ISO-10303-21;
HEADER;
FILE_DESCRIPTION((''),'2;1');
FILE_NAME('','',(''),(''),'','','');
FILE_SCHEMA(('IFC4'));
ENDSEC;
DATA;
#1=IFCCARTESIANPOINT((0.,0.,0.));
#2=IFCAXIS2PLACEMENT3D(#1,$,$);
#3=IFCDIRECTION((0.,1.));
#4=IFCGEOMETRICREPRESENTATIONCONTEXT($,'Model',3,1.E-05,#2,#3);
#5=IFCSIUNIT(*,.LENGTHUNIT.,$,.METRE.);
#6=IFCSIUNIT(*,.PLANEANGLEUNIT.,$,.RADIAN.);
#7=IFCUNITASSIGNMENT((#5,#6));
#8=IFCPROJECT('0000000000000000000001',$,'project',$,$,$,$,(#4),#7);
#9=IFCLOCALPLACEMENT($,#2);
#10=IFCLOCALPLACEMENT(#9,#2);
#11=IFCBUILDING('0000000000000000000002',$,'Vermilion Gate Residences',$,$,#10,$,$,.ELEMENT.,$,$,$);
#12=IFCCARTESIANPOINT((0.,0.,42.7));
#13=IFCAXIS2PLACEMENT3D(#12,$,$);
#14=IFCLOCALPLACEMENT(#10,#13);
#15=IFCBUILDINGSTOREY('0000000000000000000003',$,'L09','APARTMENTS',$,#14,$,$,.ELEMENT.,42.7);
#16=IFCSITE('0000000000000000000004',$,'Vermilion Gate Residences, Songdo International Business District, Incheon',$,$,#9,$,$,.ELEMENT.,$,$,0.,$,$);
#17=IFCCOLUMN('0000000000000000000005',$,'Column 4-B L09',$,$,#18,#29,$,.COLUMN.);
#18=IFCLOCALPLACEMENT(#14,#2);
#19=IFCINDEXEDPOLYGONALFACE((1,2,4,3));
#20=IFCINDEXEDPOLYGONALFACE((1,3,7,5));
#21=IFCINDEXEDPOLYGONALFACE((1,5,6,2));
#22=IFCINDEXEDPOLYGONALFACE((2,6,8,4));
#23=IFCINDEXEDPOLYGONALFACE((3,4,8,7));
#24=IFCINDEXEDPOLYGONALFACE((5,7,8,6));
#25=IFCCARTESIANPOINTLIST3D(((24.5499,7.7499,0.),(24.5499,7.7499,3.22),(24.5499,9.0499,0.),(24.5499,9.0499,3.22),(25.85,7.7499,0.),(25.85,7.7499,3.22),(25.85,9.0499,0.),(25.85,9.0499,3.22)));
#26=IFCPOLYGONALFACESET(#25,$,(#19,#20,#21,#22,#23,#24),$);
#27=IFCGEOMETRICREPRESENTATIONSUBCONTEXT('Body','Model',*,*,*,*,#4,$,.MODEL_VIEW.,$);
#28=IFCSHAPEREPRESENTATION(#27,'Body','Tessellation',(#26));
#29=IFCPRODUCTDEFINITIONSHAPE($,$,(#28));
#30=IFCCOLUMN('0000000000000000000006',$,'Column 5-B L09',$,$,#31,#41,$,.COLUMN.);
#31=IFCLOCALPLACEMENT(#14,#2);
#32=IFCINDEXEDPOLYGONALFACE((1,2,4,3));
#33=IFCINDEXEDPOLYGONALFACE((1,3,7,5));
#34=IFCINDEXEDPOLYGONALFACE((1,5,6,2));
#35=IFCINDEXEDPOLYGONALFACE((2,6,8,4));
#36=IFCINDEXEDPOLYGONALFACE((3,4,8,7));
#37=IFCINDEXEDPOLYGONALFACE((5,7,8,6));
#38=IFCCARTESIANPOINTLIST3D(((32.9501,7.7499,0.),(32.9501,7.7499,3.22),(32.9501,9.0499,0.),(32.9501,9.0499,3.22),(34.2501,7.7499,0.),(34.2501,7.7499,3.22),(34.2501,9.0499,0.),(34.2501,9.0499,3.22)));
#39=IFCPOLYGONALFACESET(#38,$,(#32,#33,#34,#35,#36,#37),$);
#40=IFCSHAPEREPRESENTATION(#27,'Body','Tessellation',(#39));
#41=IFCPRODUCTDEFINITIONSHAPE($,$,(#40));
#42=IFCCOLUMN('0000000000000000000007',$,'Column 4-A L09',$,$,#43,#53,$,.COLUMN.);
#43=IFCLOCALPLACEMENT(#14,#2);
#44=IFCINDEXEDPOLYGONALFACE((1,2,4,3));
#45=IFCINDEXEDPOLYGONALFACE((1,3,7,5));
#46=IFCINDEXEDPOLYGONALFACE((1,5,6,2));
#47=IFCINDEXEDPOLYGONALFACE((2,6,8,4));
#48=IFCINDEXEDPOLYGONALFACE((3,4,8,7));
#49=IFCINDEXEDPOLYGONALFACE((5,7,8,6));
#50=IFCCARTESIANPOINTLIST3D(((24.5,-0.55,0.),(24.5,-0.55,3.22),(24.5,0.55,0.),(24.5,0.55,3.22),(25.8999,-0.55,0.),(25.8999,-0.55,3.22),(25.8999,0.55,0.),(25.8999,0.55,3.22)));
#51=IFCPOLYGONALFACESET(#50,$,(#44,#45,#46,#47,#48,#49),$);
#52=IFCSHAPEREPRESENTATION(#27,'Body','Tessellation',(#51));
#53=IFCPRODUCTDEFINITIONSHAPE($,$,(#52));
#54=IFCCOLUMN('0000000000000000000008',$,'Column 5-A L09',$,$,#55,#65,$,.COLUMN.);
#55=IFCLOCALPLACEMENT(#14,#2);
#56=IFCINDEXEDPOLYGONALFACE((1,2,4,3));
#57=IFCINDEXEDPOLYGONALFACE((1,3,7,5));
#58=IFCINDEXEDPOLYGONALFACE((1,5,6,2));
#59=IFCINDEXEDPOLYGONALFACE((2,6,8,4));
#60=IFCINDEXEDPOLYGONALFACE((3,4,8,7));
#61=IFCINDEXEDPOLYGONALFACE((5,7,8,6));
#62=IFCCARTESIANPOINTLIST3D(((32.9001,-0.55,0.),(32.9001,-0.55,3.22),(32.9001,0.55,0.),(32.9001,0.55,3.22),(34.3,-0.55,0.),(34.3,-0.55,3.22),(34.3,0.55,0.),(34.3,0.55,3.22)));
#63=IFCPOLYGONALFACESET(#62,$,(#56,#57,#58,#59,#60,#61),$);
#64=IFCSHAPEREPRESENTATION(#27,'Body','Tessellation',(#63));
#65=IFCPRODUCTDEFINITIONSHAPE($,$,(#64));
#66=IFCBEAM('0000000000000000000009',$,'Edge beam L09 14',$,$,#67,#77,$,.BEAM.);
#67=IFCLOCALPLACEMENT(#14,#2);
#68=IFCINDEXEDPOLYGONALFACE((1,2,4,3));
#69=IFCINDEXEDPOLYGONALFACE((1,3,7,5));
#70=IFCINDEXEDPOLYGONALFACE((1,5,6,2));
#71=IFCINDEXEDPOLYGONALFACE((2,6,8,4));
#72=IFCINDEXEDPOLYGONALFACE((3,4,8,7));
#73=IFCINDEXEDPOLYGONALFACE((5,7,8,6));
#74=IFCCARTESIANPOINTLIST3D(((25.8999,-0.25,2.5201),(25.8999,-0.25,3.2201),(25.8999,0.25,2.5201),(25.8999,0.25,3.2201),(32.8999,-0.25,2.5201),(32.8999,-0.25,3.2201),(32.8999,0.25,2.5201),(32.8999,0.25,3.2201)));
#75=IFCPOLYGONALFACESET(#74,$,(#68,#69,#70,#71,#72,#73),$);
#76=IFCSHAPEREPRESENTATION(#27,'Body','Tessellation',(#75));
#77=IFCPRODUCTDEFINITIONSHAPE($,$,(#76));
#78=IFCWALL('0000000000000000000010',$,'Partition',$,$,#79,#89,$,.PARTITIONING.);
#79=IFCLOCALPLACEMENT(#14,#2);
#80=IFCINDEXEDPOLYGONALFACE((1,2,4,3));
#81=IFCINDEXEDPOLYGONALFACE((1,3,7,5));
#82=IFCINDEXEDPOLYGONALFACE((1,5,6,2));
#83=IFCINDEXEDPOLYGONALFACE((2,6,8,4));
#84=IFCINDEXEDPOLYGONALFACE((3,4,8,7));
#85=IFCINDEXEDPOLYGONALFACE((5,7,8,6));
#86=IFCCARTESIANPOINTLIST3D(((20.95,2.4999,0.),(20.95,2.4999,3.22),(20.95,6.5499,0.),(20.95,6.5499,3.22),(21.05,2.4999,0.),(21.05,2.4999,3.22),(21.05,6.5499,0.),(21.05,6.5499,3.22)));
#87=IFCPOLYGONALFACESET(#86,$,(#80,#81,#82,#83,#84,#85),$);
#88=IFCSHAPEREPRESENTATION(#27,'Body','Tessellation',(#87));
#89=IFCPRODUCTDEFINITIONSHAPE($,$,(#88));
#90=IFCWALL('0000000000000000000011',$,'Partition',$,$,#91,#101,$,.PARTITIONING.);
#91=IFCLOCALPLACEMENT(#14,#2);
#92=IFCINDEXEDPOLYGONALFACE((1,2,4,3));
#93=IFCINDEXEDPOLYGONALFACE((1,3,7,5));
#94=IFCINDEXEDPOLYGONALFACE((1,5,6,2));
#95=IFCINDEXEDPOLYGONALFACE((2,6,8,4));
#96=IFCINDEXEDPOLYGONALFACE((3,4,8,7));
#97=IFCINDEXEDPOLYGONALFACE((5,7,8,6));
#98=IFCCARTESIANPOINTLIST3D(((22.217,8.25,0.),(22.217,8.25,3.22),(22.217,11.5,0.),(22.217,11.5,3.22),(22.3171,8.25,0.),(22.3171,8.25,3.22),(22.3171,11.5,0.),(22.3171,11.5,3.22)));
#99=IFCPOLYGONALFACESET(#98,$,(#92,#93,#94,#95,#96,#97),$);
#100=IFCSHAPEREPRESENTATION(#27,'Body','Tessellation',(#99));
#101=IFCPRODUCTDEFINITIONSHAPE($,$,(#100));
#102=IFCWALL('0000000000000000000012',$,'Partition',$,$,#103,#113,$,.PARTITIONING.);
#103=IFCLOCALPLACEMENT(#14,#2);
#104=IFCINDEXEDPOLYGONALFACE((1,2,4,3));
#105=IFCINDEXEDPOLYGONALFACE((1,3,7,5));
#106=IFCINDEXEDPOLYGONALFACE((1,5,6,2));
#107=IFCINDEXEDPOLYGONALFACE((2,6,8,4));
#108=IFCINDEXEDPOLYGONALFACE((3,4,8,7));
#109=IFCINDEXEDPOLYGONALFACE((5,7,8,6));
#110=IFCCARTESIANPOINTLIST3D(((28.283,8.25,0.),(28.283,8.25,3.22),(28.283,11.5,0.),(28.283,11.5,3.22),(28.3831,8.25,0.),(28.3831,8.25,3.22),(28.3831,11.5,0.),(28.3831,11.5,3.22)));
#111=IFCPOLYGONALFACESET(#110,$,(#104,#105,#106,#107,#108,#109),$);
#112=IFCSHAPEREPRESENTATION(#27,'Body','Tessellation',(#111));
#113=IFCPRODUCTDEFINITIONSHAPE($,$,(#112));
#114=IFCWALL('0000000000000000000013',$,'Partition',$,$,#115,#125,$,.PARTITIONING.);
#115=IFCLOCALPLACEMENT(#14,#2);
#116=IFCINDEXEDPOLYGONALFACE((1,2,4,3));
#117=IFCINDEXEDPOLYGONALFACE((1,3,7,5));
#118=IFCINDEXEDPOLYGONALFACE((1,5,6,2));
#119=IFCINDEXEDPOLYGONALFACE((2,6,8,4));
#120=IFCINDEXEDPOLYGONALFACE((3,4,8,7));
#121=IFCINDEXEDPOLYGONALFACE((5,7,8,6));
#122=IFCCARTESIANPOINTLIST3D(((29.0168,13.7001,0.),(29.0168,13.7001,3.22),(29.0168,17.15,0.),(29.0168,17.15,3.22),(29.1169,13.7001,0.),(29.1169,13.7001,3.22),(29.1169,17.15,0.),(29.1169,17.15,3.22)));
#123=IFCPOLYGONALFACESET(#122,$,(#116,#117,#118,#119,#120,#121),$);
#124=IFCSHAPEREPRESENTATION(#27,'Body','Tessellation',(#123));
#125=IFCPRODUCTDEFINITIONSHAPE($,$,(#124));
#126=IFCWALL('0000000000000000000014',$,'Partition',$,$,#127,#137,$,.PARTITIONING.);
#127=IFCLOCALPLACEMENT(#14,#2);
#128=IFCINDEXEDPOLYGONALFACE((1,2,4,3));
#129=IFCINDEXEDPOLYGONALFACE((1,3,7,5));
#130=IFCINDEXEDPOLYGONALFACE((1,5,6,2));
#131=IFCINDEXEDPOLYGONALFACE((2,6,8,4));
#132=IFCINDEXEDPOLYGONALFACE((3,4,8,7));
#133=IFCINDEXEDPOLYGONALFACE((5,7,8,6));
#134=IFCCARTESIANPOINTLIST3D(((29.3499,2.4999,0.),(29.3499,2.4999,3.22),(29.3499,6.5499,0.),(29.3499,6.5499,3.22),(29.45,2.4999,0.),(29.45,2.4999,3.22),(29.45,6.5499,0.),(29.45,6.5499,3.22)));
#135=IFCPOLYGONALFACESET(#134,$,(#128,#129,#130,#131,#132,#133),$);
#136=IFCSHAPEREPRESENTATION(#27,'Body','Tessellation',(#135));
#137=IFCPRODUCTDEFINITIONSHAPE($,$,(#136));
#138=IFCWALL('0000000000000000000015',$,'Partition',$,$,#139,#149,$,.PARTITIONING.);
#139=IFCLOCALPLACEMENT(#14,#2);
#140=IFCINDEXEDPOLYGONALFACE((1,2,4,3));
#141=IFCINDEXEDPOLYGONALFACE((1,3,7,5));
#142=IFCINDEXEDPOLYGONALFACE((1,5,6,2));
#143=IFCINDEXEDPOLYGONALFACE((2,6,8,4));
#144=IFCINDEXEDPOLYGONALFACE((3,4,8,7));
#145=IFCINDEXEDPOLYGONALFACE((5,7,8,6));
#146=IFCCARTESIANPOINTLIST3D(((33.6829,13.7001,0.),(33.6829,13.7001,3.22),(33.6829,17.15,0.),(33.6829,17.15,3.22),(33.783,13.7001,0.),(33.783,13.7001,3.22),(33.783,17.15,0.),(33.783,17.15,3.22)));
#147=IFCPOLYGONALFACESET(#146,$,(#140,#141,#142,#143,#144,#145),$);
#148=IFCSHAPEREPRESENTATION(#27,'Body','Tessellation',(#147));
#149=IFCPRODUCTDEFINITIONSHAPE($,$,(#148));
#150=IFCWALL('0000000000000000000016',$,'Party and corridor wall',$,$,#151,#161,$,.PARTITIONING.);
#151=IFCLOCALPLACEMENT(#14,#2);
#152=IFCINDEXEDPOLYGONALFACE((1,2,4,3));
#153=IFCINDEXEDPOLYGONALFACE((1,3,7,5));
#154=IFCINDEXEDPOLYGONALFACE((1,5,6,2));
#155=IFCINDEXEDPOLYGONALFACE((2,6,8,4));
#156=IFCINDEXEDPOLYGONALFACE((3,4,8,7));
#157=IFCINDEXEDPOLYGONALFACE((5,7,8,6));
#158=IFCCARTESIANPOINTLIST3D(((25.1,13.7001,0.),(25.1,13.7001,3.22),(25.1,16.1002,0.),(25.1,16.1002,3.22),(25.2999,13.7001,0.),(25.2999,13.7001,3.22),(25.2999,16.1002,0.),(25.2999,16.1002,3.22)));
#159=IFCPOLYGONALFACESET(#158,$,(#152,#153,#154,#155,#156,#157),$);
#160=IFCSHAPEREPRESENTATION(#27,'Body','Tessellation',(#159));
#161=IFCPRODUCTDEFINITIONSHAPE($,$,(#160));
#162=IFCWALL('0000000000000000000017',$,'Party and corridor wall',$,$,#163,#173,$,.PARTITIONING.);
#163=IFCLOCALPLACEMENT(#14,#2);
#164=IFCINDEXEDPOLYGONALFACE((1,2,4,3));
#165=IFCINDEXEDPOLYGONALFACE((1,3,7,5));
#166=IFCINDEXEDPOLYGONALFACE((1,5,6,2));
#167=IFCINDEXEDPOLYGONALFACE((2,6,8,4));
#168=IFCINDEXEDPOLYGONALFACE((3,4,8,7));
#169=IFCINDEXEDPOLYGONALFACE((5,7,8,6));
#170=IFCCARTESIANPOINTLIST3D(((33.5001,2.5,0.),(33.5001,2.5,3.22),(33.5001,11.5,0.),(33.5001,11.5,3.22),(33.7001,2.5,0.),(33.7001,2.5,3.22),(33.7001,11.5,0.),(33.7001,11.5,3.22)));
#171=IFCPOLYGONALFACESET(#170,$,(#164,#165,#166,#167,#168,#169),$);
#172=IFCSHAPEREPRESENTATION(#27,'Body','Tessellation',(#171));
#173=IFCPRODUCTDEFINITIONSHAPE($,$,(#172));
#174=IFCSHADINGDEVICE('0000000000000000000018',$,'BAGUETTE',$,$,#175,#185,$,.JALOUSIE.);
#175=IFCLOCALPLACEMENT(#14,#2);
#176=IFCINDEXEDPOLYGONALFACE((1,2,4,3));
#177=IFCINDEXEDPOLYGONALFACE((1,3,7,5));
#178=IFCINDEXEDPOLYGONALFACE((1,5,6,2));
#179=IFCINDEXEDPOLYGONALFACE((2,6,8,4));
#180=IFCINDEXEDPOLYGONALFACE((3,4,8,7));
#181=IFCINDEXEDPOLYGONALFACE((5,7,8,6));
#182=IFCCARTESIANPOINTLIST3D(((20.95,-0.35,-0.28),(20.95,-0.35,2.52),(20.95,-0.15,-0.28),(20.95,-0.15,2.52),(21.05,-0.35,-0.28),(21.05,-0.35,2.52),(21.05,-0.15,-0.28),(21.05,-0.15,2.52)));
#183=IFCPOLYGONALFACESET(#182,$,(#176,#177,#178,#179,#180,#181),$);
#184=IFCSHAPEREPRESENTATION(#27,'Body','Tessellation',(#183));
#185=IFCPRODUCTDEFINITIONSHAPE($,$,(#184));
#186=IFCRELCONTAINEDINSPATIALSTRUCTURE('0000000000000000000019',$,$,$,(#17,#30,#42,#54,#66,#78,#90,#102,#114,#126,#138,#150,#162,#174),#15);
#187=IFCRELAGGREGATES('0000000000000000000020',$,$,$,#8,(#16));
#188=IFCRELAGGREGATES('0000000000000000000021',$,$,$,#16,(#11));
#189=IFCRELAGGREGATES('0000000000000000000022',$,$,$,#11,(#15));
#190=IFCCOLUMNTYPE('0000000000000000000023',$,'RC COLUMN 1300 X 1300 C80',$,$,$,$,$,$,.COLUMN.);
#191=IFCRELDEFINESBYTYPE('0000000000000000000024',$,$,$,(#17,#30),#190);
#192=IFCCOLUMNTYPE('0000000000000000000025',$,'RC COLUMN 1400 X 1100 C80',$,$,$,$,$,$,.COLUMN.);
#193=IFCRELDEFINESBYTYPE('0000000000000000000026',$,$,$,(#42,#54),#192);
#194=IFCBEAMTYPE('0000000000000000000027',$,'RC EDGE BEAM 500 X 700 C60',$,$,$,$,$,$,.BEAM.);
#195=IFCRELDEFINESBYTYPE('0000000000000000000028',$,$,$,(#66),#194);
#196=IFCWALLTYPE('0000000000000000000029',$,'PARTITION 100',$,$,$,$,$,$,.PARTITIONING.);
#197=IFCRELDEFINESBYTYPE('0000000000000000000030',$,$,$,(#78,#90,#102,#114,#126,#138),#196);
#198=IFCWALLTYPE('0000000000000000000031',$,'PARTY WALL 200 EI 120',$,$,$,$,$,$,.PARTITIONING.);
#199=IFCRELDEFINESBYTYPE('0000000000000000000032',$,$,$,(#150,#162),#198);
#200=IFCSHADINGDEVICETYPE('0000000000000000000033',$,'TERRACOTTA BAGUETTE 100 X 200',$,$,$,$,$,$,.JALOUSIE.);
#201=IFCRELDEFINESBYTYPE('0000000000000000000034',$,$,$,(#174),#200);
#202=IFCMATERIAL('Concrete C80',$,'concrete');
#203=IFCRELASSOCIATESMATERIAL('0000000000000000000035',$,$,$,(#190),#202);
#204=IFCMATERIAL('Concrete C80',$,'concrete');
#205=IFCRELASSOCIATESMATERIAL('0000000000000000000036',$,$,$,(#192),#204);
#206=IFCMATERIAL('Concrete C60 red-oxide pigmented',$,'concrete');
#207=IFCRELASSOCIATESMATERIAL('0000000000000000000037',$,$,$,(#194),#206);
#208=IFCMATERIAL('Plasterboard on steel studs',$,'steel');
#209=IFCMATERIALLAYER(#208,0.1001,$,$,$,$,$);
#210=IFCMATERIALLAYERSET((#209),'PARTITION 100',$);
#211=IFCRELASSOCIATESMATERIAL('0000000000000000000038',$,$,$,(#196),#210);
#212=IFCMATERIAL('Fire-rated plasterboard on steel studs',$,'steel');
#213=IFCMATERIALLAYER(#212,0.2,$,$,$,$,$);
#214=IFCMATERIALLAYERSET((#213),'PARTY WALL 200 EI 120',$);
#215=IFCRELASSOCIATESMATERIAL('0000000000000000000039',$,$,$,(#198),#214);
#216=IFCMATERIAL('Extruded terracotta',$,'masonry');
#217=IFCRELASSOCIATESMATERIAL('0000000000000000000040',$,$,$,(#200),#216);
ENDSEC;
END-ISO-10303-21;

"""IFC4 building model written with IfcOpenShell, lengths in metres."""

from ifc_helpers import new_model, si_unit, direction, frame, frame_2d, origin, origin_2d, place, context, subcontext, project, spatial, rectangle, extrude, material, layer, layer_set, material_profile, profile_set, type_object, element, save


model = new_model("IFC4")

# Units and contexts
model_context = context("Model", 3, precision=1e-05, world=origin(), true_north=direction((0.0, 1.0)))
body_context = subcontext(model_context, "Body", "Model", "MODEL_VIEW")
ifc_project = project(units=[si_unit("LENGTHUNIT", "METRE"), si_unit("PLANEANGLEUNIT", "RADIAN")], contexts=[model_context])

# Site, building, storey
site_placement = place(None, origin())
site = spatial("IfcSite", under=ifc_project, at=site_placement, Name="Vermilion Gate Residences, Songdo International Business District, Incheon", CompositionType="ELEMENT", RefElevation=0.0)
building_placement = place(site_placement, origin())
building = spatial("IfcBuilding", under=site, at=building_placement, Name="Vermilion Gate Residences", CompositionType="ELEMENT")
storey_placement = place(building_placement, frame((0.0, 0.0, 42.7)))
storey = spatial("IfcBuildingStorey", under=building, at=storey_placement, Name="L09", Description="APARTMENTS", CompositionType="ELEMENT", Elevation=42.7)

# Columns
ifc_material_1 = material(Name="Concrete C80", Category="concrete")
ifc_material_profile_1 = material_profile(ifc_material_1, rectangle(XDim=1.3, YDim=1.3, at=origin_2d()), Name="RC-1300x1300")
ifc_profile_set_1 = profile_set([ifc_material_profile_1], Name="Concrete C80")
column_type_1 = type_object("IfcColumnType", Name="RC COLUMN 1300 X 1300 C80", PredefinedType="COLUMN", material=ifc_profile_set_1)
for number, where, z_axis, x_axis, name in (
    (1, (25.2, 8.3999, 0.0), (0.0, 0.0, 1.0), (1.0, 0.0, 0.0), "Column 4-B L09"),
    (2, (33.6001, 8.3999, 0.0), (0.0, 0.0, 1.0), (1.0, 0.0, 0.0), "Column 5-B L09"),
):
    element("IfcColumn", number, at=place(storey_placement, frame(where, z_axis=z_axis, x_axis=x_axis)), inside=storey, type_object=column_type_1, Name=name, PredefinedType="COLUMN", context=body_context, shape_type="SweptSolid", body=[
        extrude(rectangle(XDim=1.3, YDim=1.3, at=origin_2d()), origin(), (0.0, 0.0, 1.0), 3.22),
    ])
ifc_material_2 = material(Name="Concrete C80", Category="concrete")
ifc_material_profile_2 = material_profile(ifc_material_2, rectangle(XDim=1.3999, YDim=1.1001, at=origin_2d()), Name="RC-1400x1100")
ifc_profile_set_2 = profile_set([ifc_material_profile_2], Name="Concrete C80")
column_type_2 = type_object("IfcColumnType", Name="RC COLUMN 1400 X 1100 C80", PredefinedType="COLUMN", material=ifc_profile_set_2)
for number, where, z_axis, x_axis, name in (
    (3, (25.2, 0.0, 0.0), (0.0, 0.0, 1.0), (1.0, 0.0, 0.0), "Column 4-A L09"),
    (4, (33.6001, 0.0, 0.0), (0.0, 0.0, 1.0), (1.0, 0.0, 0.0), "Column 5-A L09"),
):
    element("IfcColumn", number, at=place(storey_placement, frame(where, z_axis=z_axis, x_axis=x_axis)), inside=storey, type_object=column_type_2, Name=name, PredefinedType="COLUMN", context=body_context, shape_type="SweptSolid", body=[
        extrude(rectangle(XDim=1.3999, YDim=1.1001, at=origin_2d()), origin(), (0.0, 0.0, 1.0), 3.22),
    ])

# Beam
ifc_material_3 = material(Name="Concrete C60 red-oxide pigmented", Category="concrete")
ifc_material_profile_3 = material_profile(ifc_material_3, rectangle(XDim=0.5, YDim=0.7, at=origin_2d()), Name="RC-500x700")
ifc_profile_set_3 = profile_set([ifc_material_profile_3], Name="Concrete C60 red-oxide pigmented")
beam_type = type_object("IfcBeamType", Name="RC EDGE BEAM 500 X 700 C60", PredefinedType="BEAM", material=ifc_profile_set_3)
beam_placement = place(storey_placement, frame((25.8999, 0.0, 2.8701), z_axis=(1.0, 0.0, 0.0), x_axis=(0.0, 1.0, 0.0)))
element("IfcBeam", 5, at=beam_placement, inside=storey, type_object=beam_type, Name="Edge beam L09 14", PredefinedType="BEAM", context=body_context, shape_type="SweptSolid", body=[
    extrude(rectangle(XDim=0.5, YDim=0.7, at=origin_2d()), origin(), (0.0, 0.0, 1.0), 7.0),
])

# Walls
ifc_material_4 = material(Name="Plasterboard on steel studs", Category="steel")
ifc_layer_1 = layer(ifc_material_4, 0.1001)
ifc_layer_set_1 = layer_set([ifc_layer_1], Name="PARTITION 100")
wall_type_1 = type_object("IfcWallType", Name="PARTITION 100", PredefinedType="PARTITIONING", material=ifc_layer_set_1)
wall_1_placement = place(storey_placement, frame((21.0, 2.5, 0.0), z_axis=(0.0, 0.0, 1.0), x_axis=(0.0, 1.0, 0.0)))
element("IfcWall", 6, at=wall_1_placement, inside=storey, type_object=wall_type_1, Name="Partition", PredefinedType="PARTITIONING", context=body_context, shape_type="SweptSolid", body=[
    extrude(rectangle(XDim=4.05, YDim=0.1001, at=frame_2d((2.0249, 0.0))), origin(), (0.0, 0.0, 1.0), 3.22),
])
for number, where, z_axis, x_axis, name in (
    (7, (22.2671, 8.25, 0.0), (0.0, 0.0, 1.0), (0.0, 1.0, 0.0), "Partition"),
    (8, (28.333, 8.25, 0.0), (0.0, 0.0, 1.0), (0.0, 1.0, 0.0), "Partition"),
):
    element("IfcWall", number, at=place(storey_placement, frame(where, z_axis=z_axis, x_axis=x_axis)), inside=storey, type_object=wall_type_1, Name=name, PredefinedType="PARTITIONING", context=body_context, shape_type="SweptSolid", body=[
        extrude(rectangle(XDim=3.25, YDim=0.1001, at=frame_2d((1.625, 0.0))), origin(), (0.0, 0.0, 1.0), 3.22),
    ])
wall_2_placement = place(storey_placement, frame((29.0669, 13.7, 0.0), z_axis=(0.0, 0.0, 1.0), x_axis=(0.0, 1.0, 0.0)))
element("IfcWall", 9, at=wall_2_placement, inside=storey, type_object=wall_type_1, Name="Partition", PredefinedType="PARTITIONING", context=body_context, shape_type="SweptSolid", body=[
    extrude(rectangle(XDim=3.45, YDim=0.1001, at=frame_2d((1.7251, 0.0))), origin(), (0.0, 0.0, 1.0), 3.22),
])
wall_3_placement = place(storey_placement, frame((29.3999, 2.5, 0.0), z_axis=(0.0, 0.0, 1.0), x_axis=(0.0, 1.0, 0.0)))
element("IfcWall", 10, at=wall_3_placement, inside=storey, type_object=wall_type_1, Name="Partition", PredefinedType="PARTITIONING", context=body_context, shape_type="SweptSolid", body=[
    extrude(rectangle(XDim=4.05, YDim=0.1001, at=frame_2d((2.0249, 0.0))), origin(), (0.0, 0.0, 1.0), 3.22),
])
wall_4_placement = place(storey_placement, frame((33.7329, 13.7, 0.0), z_axis=(0.0, 0.0, 1.0), x_axis=(0.0, 1.0, 0.0)))
element("IfcWall", 11, at=wall_4_placement, inside=storey, type_object=wall_type_1, Name="Partition", PredefinedType="PARTITIONING", context=body_context, shape_type="SweptSolid", body=[
    extrude(rectangle(XDim=3.45, YDim=0.1001, at=frame_2d((1.7251, 0.0))), origin(), (0.0, 0.0, 1.0), 3.22),
])
ifc_material_5 = material(Name="Fire-rated plasterboard on steel studs", Category="steel")
ifc_layer_2 = layer(ifc_material_5, 0.2)
ifc_layer_set_2 = layer_set([ifc_layer_2], Name="PARTY WALL 200 EI 120")
wall_type_2 = type_object("IfcWallType", Name="PARTY WALL 200 EI 120", PredefinedType="PARTITIONING", material=ifc_layer_set_2)
wall_5_placement = place(storey_placement, frame((25.2, 13.7, 0.0), z_axis=(0.0, 0.0, 1.0), x_axis=(0.0, 1.0, 0.0)))
element("IfcWall", 12, at=wall_5_placement, inside=storey, type_object=wall_type_2, Name="Party and corridor wall", PredefinedType="PARTITIONING", context=body_context, shape_type="SweptSolid", body=[
    extrude(rectangle(XDim=2.4001, YDim=0.2, at=frame_2d((1.2002, 0.0))), origin(), (0.0, 0.0, 1.0), 3.22),
])
wall_6_placement = place(storey_placement, frame((33.6001, 2.5, 0.0), z_axis=(0.0, 0.0, 1.0), x_axis=(0.0, 1.0, 0.0)))
element("IfcWall", 13, at=wall_6_placement, inside=storey, type_object=wall_type_2, Name="Party and corridor wall", PredefinedType="PARTITIONING", context=body_context, shape_type="SweptSolid", body=[
    extrude(rectangle(XDim=9.0, YDim=0.2, at=frame_2d((4.5, 0.0))), origin(), (0.0, 0.0, 1.0), 3.22),
])

# Shading device
ifc_material_6 = material(Name="Extruded terracotta", Category="masonry")
ifc_material_profile_4 = material_profile(ifc_material_6, rectangle(XDim=0.2, YDim=0.1001, at=origin_2d()), Name="BAGUETTE 100 X 200")
ifc_profile_set_4 = profile_set([ifc_material_profile_4], Name="Extruded terracotta")
shading_device_type = type_object("IfcShadingDeviceType", Name="TERRACOTTA BAGUETTE 100 X 200", PredefinedType="JALOUSIE", material=ifc_profile_set_4)
for number, where, z_axis, x_axis, name in (
    (14, (21.0, -0.25, -0.28), (0.0, 0.0, 1.0), (0.0, 1.0, 0.0), "BAGUETTE"),
):
    element("IfcShadingDevice", number, at=place(storey_placement, frame(where, z_axis=z_axis, x_axis=x_axis)), inside=storey, type_object=shading_device_type, Name=name, PredefinedType="JALOUSIE", context=body_context, shape_type="SweptSolid", body=[
        extrude(rectangle(XDim=0.2, YDim=0.1001, at=origin_2d()), origin(), (0.0, 0.0, 1.0), 2.8),
    ])

save(model, "model.ifc")
